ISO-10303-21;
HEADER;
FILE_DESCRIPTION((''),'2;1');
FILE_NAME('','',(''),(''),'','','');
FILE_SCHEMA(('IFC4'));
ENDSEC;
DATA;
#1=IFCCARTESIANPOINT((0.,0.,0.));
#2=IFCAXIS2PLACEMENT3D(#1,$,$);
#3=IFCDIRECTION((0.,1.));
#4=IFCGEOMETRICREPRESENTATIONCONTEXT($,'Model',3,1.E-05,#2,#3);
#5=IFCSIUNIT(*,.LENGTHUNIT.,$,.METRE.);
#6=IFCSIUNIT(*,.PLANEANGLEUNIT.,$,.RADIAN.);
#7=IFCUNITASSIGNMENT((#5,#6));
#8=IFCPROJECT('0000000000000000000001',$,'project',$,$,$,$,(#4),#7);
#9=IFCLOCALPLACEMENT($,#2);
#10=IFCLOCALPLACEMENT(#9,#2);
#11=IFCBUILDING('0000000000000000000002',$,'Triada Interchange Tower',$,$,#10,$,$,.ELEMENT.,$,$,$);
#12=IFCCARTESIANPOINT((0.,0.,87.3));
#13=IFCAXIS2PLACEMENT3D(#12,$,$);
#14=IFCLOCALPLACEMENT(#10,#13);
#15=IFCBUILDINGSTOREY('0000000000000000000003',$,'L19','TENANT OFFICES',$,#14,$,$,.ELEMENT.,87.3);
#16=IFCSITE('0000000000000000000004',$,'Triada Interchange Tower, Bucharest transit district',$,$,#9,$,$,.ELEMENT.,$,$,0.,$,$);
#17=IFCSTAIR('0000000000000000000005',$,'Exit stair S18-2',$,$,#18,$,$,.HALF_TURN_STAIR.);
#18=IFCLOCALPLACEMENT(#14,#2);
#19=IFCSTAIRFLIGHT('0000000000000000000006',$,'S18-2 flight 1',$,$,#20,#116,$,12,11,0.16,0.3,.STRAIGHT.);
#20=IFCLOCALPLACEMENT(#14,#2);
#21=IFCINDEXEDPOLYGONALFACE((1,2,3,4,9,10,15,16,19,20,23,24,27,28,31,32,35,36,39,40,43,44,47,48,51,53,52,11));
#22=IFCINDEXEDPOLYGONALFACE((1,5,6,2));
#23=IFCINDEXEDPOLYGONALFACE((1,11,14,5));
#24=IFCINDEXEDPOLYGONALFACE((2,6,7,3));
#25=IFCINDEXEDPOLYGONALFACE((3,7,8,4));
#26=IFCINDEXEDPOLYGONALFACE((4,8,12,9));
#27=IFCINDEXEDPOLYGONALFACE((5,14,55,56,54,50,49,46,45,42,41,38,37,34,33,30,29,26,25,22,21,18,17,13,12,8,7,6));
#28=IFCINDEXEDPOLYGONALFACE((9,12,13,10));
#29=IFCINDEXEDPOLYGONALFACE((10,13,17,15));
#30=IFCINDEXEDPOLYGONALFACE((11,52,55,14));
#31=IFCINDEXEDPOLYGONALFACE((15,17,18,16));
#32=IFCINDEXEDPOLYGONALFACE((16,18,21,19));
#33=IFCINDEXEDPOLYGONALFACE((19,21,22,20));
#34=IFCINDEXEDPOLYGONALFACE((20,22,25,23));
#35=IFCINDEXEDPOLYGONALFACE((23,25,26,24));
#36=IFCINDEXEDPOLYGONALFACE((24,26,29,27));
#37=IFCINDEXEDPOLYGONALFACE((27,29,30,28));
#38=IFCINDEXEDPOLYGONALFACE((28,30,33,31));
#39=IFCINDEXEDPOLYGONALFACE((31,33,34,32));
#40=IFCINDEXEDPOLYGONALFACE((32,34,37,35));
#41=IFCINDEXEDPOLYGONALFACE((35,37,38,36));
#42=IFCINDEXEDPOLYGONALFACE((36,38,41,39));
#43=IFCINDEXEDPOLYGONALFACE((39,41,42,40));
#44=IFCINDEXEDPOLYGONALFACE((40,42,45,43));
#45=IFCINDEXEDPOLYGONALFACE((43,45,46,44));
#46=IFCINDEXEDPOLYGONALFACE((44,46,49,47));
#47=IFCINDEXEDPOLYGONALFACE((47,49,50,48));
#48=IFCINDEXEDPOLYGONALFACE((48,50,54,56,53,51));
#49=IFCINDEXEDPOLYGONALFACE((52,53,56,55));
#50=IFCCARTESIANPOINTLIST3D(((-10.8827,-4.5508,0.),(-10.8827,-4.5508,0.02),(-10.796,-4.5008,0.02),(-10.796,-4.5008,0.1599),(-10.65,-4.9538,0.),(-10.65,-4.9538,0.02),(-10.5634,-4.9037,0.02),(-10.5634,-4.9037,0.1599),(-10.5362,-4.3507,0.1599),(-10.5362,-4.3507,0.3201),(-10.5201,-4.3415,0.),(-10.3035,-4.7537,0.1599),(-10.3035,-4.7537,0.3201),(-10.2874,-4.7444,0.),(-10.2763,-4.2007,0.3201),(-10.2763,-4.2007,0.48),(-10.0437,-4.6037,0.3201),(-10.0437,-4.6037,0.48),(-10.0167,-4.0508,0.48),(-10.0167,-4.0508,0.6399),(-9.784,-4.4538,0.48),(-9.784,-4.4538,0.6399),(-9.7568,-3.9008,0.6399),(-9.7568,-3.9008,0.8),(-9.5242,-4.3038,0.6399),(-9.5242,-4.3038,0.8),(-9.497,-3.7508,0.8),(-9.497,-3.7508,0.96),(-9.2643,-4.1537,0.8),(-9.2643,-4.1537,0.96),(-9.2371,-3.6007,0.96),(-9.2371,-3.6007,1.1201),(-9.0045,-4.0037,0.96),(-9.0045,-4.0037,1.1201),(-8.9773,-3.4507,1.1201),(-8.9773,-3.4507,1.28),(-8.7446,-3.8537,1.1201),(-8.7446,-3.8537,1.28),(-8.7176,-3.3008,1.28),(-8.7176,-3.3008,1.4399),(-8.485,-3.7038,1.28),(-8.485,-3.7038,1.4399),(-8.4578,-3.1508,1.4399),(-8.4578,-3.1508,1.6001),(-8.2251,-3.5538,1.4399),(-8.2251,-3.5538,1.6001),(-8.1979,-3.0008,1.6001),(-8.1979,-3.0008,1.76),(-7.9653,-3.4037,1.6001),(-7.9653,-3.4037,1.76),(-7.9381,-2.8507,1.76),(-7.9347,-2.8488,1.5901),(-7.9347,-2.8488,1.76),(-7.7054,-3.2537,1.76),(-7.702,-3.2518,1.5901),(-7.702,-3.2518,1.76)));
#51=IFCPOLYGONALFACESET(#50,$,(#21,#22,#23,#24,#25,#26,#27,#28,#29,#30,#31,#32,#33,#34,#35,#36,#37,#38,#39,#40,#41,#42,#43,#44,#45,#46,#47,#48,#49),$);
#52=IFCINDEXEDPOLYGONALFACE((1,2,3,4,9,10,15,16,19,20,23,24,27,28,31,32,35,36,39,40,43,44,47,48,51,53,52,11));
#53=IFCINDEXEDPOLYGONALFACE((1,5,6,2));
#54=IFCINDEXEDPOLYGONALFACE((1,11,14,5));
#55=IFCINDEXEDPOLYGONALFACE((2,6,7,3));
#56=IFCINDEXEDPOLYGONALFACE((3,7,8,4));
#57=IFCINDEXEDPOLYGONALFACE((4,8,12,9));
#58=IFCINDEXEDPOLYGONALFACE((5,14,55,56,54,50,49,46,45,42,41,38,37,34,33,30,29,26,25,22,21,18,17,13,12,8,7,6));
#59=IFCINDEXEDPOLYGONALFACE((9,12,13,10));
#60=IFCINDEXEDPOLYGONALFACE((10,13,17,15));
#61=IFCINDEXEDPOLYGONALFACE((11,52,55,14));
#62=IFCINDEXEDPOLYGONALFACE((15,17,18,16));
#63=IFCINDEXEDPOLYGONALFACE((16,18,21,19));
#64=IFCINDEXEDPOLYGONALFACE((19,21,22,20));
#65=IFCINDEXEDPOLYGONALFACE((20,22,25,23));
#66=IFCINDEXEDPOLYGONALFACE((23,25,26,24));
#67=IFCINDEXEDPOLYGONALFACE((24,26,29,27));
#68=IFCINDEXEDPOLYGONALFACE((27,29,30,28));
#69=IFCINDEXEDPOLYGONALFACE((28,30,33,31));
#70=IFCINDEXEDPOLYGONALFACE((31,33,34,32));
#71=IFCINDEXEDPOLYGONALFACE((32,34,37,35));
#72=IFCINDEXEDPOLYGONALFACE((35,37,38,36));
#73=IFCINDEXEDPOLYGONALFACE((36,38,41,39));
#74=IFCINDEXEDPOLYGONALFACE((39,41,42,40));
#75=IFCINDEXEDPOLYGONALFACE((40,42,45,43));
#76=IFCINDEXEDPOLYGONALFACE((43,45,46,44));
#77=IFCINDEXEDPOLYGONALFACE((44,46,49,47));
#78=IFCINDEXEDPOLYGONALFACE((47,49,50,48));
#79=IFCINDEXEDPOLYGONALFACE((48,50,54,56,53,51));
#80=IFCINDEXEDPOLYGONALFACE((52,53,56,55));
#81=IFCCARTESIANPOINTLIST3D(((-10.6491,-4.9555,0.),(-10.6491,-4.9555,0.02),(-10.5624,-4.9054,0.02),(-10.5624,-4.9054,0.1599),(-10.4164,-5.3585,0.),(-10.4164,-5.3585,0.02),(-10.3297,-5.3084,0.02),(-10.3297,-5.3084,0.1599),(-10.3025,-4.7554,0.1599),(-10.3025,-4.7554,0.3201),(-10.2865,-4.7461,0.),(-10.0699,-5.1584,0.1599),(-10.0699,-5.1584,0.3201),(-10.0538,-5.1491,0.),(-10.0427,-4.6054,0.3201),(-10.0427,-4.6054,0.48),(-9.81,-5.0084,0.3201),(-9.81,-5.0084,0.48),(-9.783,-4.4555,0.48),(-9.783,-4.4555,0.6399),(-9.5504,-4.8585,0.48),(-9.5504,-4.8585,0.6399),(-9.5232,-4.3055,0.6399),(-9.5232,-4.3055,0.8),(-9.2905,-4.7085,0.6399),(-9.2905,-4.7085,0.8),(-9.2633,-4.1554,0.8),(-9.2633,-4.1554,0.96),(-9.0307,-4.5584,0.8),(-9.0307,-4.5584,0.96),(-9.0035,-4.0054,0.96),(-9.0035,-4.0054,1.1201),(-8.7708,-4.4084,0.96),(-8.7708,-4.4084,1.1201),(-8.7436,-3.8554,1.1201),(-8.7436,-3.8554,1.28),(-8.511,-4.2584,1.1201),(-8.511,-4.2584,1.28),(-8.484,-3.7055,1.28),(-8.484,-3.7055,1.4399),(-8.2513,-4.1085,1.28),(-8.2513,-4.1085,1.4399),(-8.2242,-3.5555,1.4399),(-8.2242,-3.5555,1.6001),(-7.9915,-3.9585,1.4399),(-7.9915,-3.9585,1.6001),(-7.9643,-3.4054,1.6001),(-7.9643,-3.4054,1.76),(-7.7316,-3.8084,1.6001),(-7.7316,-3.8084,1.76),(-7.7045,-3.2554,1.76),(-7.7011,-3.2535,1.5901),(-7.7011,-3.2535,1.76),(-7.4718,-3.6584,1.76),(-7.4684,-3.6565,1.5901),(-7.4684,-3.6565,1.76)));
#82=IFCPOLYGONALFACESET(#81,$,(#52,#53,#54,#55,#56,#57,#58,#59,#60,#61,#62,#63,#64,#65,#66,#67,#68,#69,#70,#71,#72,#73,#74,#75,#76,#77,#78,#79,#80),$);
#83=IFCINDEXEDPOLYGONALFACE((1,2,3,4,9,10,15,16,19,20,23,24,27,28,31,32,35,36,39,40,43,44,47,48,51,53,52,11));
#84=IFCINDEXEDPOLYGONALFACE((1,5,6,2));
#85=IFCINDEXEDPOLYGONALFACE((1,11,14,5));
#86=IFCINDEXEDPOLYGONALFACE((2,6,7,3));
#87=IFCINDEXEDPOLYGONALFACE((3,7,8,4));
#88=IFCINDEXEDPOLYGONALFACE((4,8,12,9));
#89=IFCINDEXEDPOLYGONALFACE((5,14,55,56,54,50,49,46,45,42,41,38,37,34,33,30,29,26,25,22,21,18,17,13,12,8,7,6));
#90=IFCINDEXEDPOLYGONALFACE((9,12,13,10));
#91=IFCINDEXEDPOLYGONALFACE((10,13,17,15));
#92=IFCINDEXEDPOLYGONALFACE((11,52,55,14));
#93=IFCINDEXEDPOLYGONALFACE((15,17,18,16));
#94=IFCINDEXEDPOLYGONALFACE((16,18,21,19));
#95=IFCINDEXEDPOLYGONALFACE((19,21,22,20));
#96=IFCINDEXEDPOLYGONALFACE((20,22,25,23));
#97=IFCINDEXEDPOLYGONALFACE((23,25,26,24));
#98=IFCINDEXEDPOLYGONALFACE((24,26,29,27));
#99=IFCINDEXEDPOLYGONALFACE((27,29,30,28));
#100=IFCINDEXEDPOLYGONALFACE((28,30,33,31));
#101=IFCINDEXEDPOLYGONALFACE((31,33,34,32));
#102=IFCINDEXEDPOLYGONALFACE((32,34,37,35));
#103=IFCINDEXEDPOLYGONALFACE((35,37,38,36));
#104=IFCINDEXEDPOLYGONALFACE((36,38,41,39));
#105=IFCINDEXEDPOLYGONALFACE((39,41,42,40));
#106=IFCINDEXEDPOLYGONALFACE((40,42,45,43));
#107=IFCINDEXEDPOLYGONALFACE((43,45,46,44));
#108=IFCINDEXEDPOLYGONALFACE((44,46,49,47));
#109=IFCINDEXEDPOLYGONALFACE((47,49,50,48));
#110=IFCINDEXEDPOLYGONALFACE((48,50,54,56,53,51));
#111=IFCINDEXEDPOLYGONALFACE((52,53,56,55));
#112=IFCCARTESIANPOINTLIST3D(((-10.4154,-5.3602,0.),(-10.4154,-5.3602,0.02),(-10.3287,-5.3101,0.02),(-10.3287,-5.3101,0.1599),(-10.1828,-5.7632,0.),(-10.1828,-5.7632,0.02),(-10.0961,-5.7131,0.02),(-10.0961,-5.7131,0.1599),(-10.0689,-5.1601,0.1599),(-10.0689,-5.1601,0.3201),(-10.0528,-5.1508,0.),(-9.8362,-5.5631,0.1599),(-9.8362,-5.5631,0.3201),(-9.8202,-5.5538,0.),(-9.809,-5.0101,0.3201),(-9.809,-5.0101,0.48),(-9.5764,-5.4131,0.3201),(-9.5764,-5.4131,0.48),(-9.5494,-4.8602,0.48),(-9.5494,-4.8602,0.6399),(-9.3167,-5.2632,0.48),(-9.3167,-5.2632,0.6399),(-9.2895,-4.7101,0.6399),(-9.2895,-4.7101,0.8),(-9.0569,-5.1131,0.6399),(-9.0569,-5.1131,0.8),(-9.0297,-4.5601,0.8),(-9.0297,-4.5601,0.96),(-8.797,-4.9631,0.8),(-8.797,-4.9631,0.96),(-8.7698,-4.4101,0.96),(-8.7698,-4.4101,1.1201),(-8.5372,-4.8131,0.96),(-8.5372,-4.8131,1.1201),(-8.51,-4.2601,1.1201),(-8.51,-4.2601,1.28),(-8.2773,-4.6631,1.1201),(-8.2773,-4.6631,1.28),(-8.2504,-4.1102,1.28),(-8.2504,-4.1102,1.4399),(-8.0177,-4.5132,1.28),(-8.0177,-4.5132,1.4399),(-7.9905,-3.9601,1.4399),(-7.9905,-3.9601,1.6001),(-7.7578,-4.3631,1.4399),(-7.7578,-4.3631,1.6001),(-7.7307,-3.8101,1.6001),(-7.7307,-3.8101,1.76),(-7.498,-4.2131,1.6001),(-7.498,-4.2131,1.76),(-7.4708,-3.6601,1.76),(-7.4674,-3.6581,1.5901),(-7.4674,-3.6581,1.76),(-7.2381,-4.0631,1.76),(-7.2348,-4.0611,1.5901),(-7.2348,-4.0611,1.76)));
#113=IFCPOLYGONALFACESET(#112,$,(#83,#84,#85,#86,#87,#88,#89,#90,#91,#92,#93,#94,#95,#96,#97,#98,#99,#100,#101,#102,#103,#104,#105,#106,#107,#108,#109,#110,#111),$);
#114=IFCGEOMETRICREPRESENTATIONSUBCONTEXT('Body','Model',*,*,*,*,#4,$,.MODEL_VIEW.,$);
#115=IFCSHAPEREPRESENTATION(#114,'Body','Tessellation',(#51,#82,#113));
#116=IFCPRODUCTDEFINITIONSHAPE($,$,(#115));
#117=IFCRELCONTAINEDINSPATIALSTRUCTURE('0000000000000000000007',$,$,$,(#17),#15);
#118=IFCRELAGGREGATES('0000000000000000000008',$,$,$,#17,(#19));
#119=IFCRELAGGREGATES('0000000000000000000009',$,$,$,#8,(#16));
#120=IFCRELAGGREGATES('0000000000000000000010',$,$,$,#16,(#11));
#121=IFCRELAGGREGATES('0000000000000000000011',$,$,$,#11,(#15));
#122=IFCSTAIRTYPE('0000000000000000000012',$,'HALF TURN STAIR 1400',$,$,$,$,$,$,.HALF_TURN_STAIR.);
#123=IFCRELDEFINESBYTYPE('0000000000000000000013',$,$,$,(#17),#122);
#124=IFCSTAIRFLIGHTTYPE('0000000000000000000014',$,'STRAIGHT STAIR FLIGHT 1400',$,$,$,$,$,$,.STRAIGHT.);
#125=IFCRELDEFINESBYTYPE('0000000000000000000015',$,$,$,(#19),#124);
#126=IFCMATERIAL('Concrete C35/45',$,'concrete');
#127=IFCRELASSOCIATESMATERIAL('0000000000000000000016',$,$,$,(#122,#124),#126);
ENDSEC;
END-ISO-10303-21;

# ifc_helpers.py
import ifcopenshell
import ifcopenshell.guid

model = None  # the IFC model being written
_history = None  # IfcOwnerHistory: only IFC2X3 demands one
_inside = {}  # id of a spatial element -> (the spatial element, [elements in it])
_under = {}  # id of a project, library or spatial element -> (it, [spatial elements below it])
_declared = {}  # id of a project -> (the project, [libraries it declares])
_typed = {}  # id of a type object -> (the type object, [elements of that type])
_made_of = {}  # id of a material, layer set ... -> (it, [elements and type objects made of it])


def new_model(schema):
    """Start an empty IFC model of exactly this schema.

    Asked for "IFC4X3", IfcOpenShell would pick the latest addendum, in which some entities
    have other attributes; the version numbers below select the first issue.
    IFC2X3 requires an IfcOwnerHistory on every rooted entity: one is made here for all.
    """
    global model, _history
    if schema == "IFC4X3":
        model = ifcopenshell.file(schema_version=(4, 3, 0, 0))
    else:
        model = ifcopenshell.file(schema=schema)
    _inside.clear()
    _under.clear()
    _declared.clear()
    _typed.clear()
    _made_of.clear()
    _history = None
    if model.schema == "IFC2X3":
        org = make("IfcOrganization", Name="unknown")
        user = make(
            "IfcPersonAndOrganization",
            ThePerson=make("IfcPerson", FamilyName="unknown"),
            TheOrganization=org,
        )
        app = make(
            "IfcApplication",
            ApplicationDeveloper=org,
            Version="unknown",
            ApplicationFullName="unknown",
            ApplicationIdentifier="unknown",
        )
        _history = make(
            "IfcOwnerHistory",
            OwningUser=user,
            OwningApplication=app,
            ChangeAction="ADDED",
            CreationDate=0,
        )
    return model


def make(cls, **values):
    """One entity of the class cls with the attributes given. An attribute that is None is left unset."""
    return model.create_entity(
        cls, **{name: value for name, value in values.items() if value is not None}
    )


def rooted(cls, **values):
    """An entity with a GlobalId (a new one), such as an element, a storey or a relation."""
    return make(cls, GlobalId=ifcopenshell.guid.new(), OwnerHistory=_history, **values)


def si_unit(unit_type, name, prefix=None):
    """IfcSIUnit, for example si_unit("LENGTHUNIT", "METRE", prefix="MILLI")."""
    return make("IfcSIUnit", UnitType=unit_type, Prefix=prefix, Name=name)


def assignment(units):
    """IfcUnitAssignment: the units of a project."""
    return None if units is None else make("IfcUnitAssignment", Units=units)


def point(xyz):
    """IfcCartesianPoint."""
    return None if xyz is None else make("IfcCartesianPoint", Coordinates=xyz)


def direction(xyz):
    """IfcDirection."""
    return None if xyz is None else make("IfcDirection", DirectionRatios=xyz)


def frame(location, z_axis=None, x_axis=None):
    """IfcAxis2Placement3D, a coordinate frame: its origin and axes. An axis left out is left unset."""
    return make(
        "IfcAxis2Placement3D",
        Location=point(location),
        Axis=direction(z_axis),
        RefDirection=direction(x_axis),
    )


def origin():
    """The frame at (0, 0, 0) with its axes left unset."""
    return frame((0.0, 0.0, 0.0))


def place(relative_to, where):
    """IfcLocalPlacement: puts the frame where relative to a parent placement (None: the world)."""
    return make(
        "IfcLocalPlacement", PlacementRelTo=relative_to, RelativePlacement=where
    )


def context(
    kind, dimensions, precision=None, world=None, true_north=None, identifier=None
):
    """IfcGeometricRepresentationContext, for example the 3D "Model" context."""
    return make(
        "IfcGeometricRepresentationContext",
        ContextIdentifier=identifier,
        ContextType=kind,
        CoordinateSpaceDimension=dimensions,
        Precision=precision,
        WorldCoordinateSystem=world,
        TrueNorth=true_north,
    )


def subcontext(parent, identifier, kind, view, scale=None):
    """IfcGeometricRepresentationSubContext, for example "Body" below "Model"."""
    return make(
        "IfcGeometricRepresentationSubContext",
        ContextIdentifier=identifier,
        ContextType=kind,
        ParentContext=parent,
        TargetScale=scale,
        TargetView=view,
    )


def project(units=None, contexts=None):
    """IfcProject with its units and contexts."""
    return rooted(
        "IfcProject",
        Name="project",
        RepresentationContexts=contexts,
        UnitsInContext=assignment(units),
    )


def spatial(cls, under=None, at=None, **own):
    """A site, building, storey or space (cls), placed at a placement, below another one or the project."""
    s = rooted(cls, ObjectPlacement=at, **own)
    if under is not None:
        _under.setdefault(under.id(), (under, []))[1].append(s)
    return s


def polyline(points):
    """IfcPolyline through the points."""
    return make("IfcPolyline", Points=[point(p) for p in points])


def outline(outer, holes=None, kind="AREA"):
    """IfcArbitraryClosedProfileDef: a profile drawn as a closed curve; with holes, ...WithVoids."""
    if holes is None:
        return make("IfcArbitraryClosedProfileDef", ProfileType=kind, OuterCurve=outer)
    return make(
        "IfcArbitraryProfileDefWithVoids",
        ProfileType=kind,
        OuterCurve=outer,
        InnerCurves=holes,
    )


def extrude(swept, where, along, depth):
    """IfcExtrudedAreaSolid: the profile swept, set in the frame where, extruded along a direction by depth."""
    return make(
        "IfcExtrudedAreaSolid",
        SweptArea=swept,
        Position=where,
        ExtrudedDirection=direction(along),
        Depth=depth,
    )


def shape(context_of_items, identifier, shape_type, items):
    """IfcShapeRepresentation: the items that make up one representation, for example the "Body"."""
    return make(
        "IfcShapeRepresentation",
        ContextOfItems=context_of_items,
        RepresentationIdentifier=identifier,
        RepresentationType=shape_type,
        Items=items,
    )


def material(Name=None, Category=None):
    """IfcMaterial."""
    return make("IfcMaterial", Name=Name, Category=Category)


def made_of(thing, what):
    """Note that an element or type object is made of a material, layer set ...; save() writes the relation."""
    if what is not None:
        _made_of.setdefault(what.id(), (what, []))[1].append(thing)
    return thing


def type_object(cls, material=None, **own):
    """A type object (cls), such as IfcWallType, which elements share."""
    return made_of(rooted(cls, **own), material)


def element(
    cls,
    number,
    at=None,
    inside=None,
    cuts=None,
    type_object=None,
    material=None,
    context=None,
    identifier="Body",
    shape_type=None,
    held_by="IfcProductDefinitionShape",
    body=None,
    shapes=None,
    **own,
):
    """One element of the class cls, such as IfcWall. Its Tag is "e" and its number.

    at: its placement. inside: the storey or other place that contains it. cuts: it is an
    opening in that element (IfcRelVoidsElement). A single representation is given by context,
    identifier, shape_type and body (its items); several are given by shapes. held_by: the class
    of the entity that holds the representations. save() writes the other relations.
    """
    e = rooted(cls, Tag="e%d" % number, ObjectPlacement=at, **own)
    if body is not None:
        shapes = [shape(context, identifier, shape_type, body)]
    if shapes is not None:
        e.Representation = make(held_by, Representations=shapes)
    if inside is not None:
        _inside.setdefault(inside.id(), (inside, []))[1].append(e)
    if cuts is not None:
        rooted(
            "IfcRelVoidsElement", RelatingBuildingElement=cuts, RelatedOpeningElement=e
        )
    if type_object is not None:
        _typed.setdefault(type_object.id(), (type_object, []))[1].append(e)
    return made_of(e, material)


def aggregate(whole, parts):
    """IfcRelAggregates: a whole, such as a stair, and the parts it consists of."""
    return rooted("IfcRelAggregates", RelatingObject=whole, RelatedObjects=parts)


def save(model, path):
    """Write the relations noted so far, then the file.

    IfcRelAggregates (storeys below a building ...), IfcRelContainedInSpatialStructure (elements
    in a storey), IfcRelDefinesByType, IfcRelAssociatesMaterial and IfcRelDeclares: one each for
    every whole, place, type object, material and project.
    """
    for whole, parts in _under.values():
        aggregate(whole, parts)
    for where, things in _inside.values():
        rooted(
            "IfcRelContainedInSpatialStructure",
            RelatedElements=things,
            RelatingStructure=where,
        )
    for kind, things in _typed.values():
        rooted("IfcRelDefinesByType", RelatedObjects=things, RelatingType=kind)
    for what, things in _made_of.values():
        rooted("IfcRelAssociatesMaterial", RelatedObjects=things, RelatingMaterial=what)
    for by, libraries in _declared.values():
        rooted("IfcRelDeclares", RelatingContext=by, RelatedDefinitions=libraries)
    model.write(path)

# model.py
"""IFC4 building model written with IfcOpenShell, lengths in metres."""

from ifc_helpers import new_model, si_unit, direction, frame, origin, place, context, subcontext, project, spatial, polyline, outline, extrude, material, type_object, element, aggregate, save


model = new_model("IFC4")

# Units and contexts
model_context = context("Model", 3, precision=1e-05, world=origin(), true_north=direction((0.0, 1.0)))
body_context = subcontext(model_context, "Body", "Model", "MODEL_VIEW")
ifc_project = project(units=[si_unit("LENGTHUNIT", "METRE"), si_unit("PLANEANGLEUNIT", "RADIAN")], contexts=[model_context])

# Site, building, storey
site_placement = place(None, origin())
site = spatial("IfcSite", under=ifc_project, at=site_placement, Name="Triada Interchange Tower, Bucharest transit district", CompositionType="ELEMENT", RefElevation=0.0)
building_placement = place(site_placement, origin())
building = spatial("IfcBuilding", under=site, at=building_placement, Name="Triada Interchange Tower", CompositionType="ELEMENT")
storey_placement = place(building_placement, frame((0.0, 0.0, 87.3)))
storey = spatial("IfcBuildingStorey", under=building, at=storey_placement, Name="L19", Description="TENANT OFFICES", CompositionType="ELEMENT", Elevation=87.3)

# Stair, stair flight
ifc_material_1 = material(Name="Concrete C35/45", Category="concrete")
stair_type = type_object("IfcStairType", Name="HALF TURN STAIR 1400", PredefinedType="HALF_TURN_STAIR", material=ifc_material_1)
stair_placement = place(storey_placement, origin())
stair = element("IfcStair", 1, at=stair_placement, inside=storey, type_object=stair_type, Name="Exit stair S18-2", PredefinedType="HALF_TURN_STAIR")
stair_flight_type = type_object("IfcStairFlightType", Name="STRAIGHT STAIR FLIGHT 1400", PredefinedType="STRAIGHT", material=ifc_material_1)
stair_flight_1_placement = place(storey_placement, frame((-10.446, -5.1069, 0.0), z_axis=(0.0, 0.0, 1.0), x_axis=(0.866025, 0.5, 0.0)))
stair_flight_1 = element("IfcStairFlight", 2, at=stair_flight_1_placement, type_object=stair_flight_type, Name="S18-2 flight 1", NumberOfRisers=12, NumberOfTreads=11, PredefinedType="STRAIGHT", RiserHeight=0.16, TreadLength=0.3, context=body_context, shape_type="SweptSolid", body=[
    extrude(outline(polyline([(-0.1001, 0.0), (-0.1001, 0.02), (0.0, 0.02), (0.0, 0.1599), (0.3, 0.1599), (0.3, 0.3201), (0.6001, 0.3201), (0.6001, 0.48), (0.8999, 0.48), (0.8999, 0.6399), (1.2, 0.6399), (1.2, 0.8), (1.5, 0.8), (1.5, 0.96), (1.8, 0.96), (1.8, 1.1201), (2.1001, 1.1201), (2.1001, 1.28), (2.3999, 1.28), (2.3999, 1.4399), (2.7, 1.4399), (2.7, 1.6001), (3.0, 1.6001), (3.0, 1.76), (3.3, 1.76), (3.304, 1.76), (3.304, 1.9199), (3.304, 1.5901), (0.3186, 0.0), (-0.1001, 0.0)])), frame((0.0, 0.7, 0.0), z_axis=(0.0, -1.0, 0.0), x_axis=(1.0, 0.0, 0.0)), (0.0, 0.0, 1.0), 0.4653),
    extrude(outline(polyline([(-0.1001, 0.0), (-0.1001, 0.02), (0.0, 0.02), (0.0, 0.1599), (0.3, 0.1599), (0.3, 0.3201), (0.6001, 0.3201), (0.6001, 0.48), (0.8999, 0.48), (0.8999, 0.6399), (1.2, 0.6399), (1.2, 0.8), (1.5, 0.8), (1.5, 0.96), (1.8, 0.96), (1.8, 1.1201), (2.1001, 1.1201), (2.1001, 1.28), (2.3999, 1.28), (2.3999, 1.4399), (2.7, 1.4399), (2.7, 1.6001), (3.0, 1.6001), (3.0, 1.76), (3.3, 1.76), (3.304, 1.76), (3.304, 1.9199), (3.304, 1.5901), (0.3186, 0.0), (-0.1001, 0.0)])), frame((0.0, 0.2327, 0.0), z_axis=(0.0, -1.0, 0.0), x_axis=(1.0, 0.0, 0.0)), (0.0, 0.0, 1.0), 0.4653),
    extrude(outline(polyline([(-0.1001, 0.0), (-0.1001, 0.02), (0.0, 0.02), (0.0, 0.1599), (0.3, 0.1599), (0.3, 0.3201), (0.6001, 0.3201), (0.6001, 0.48), (0.8999, 0.48), (0.8999, 0.6399), (1.2, 0.6399), (1.2, 0.8), (1.5, 0.8), (1.5, 0.96), (1.8, 0.96), (1.8, 1.1201), (2.1001, 1.1201), (2.1001, 1.28), (2.3999, 1.28), (2.3999, 1.4399), (2.7, 1.4399), (2.7, 1.6001), (3.0, 1.6001), (3.0, 1.76), (3.3, 1.76), (3.304, 1.76), (3.304, 1.9199), (3.304, 1.5901), (0.3186, 0.0), (-0.1001, 0.0)])), frame((0.0, -0.2346, 0.0), z_axis=(0.0, -1.0, 0.0), x_axis=(1.0, 0.0, 0.0)), (0.0, 0.0, 1.0), 0.4653),
])

aggregate(stair, [stair_flight_1])

save(model, "model.ifc")
